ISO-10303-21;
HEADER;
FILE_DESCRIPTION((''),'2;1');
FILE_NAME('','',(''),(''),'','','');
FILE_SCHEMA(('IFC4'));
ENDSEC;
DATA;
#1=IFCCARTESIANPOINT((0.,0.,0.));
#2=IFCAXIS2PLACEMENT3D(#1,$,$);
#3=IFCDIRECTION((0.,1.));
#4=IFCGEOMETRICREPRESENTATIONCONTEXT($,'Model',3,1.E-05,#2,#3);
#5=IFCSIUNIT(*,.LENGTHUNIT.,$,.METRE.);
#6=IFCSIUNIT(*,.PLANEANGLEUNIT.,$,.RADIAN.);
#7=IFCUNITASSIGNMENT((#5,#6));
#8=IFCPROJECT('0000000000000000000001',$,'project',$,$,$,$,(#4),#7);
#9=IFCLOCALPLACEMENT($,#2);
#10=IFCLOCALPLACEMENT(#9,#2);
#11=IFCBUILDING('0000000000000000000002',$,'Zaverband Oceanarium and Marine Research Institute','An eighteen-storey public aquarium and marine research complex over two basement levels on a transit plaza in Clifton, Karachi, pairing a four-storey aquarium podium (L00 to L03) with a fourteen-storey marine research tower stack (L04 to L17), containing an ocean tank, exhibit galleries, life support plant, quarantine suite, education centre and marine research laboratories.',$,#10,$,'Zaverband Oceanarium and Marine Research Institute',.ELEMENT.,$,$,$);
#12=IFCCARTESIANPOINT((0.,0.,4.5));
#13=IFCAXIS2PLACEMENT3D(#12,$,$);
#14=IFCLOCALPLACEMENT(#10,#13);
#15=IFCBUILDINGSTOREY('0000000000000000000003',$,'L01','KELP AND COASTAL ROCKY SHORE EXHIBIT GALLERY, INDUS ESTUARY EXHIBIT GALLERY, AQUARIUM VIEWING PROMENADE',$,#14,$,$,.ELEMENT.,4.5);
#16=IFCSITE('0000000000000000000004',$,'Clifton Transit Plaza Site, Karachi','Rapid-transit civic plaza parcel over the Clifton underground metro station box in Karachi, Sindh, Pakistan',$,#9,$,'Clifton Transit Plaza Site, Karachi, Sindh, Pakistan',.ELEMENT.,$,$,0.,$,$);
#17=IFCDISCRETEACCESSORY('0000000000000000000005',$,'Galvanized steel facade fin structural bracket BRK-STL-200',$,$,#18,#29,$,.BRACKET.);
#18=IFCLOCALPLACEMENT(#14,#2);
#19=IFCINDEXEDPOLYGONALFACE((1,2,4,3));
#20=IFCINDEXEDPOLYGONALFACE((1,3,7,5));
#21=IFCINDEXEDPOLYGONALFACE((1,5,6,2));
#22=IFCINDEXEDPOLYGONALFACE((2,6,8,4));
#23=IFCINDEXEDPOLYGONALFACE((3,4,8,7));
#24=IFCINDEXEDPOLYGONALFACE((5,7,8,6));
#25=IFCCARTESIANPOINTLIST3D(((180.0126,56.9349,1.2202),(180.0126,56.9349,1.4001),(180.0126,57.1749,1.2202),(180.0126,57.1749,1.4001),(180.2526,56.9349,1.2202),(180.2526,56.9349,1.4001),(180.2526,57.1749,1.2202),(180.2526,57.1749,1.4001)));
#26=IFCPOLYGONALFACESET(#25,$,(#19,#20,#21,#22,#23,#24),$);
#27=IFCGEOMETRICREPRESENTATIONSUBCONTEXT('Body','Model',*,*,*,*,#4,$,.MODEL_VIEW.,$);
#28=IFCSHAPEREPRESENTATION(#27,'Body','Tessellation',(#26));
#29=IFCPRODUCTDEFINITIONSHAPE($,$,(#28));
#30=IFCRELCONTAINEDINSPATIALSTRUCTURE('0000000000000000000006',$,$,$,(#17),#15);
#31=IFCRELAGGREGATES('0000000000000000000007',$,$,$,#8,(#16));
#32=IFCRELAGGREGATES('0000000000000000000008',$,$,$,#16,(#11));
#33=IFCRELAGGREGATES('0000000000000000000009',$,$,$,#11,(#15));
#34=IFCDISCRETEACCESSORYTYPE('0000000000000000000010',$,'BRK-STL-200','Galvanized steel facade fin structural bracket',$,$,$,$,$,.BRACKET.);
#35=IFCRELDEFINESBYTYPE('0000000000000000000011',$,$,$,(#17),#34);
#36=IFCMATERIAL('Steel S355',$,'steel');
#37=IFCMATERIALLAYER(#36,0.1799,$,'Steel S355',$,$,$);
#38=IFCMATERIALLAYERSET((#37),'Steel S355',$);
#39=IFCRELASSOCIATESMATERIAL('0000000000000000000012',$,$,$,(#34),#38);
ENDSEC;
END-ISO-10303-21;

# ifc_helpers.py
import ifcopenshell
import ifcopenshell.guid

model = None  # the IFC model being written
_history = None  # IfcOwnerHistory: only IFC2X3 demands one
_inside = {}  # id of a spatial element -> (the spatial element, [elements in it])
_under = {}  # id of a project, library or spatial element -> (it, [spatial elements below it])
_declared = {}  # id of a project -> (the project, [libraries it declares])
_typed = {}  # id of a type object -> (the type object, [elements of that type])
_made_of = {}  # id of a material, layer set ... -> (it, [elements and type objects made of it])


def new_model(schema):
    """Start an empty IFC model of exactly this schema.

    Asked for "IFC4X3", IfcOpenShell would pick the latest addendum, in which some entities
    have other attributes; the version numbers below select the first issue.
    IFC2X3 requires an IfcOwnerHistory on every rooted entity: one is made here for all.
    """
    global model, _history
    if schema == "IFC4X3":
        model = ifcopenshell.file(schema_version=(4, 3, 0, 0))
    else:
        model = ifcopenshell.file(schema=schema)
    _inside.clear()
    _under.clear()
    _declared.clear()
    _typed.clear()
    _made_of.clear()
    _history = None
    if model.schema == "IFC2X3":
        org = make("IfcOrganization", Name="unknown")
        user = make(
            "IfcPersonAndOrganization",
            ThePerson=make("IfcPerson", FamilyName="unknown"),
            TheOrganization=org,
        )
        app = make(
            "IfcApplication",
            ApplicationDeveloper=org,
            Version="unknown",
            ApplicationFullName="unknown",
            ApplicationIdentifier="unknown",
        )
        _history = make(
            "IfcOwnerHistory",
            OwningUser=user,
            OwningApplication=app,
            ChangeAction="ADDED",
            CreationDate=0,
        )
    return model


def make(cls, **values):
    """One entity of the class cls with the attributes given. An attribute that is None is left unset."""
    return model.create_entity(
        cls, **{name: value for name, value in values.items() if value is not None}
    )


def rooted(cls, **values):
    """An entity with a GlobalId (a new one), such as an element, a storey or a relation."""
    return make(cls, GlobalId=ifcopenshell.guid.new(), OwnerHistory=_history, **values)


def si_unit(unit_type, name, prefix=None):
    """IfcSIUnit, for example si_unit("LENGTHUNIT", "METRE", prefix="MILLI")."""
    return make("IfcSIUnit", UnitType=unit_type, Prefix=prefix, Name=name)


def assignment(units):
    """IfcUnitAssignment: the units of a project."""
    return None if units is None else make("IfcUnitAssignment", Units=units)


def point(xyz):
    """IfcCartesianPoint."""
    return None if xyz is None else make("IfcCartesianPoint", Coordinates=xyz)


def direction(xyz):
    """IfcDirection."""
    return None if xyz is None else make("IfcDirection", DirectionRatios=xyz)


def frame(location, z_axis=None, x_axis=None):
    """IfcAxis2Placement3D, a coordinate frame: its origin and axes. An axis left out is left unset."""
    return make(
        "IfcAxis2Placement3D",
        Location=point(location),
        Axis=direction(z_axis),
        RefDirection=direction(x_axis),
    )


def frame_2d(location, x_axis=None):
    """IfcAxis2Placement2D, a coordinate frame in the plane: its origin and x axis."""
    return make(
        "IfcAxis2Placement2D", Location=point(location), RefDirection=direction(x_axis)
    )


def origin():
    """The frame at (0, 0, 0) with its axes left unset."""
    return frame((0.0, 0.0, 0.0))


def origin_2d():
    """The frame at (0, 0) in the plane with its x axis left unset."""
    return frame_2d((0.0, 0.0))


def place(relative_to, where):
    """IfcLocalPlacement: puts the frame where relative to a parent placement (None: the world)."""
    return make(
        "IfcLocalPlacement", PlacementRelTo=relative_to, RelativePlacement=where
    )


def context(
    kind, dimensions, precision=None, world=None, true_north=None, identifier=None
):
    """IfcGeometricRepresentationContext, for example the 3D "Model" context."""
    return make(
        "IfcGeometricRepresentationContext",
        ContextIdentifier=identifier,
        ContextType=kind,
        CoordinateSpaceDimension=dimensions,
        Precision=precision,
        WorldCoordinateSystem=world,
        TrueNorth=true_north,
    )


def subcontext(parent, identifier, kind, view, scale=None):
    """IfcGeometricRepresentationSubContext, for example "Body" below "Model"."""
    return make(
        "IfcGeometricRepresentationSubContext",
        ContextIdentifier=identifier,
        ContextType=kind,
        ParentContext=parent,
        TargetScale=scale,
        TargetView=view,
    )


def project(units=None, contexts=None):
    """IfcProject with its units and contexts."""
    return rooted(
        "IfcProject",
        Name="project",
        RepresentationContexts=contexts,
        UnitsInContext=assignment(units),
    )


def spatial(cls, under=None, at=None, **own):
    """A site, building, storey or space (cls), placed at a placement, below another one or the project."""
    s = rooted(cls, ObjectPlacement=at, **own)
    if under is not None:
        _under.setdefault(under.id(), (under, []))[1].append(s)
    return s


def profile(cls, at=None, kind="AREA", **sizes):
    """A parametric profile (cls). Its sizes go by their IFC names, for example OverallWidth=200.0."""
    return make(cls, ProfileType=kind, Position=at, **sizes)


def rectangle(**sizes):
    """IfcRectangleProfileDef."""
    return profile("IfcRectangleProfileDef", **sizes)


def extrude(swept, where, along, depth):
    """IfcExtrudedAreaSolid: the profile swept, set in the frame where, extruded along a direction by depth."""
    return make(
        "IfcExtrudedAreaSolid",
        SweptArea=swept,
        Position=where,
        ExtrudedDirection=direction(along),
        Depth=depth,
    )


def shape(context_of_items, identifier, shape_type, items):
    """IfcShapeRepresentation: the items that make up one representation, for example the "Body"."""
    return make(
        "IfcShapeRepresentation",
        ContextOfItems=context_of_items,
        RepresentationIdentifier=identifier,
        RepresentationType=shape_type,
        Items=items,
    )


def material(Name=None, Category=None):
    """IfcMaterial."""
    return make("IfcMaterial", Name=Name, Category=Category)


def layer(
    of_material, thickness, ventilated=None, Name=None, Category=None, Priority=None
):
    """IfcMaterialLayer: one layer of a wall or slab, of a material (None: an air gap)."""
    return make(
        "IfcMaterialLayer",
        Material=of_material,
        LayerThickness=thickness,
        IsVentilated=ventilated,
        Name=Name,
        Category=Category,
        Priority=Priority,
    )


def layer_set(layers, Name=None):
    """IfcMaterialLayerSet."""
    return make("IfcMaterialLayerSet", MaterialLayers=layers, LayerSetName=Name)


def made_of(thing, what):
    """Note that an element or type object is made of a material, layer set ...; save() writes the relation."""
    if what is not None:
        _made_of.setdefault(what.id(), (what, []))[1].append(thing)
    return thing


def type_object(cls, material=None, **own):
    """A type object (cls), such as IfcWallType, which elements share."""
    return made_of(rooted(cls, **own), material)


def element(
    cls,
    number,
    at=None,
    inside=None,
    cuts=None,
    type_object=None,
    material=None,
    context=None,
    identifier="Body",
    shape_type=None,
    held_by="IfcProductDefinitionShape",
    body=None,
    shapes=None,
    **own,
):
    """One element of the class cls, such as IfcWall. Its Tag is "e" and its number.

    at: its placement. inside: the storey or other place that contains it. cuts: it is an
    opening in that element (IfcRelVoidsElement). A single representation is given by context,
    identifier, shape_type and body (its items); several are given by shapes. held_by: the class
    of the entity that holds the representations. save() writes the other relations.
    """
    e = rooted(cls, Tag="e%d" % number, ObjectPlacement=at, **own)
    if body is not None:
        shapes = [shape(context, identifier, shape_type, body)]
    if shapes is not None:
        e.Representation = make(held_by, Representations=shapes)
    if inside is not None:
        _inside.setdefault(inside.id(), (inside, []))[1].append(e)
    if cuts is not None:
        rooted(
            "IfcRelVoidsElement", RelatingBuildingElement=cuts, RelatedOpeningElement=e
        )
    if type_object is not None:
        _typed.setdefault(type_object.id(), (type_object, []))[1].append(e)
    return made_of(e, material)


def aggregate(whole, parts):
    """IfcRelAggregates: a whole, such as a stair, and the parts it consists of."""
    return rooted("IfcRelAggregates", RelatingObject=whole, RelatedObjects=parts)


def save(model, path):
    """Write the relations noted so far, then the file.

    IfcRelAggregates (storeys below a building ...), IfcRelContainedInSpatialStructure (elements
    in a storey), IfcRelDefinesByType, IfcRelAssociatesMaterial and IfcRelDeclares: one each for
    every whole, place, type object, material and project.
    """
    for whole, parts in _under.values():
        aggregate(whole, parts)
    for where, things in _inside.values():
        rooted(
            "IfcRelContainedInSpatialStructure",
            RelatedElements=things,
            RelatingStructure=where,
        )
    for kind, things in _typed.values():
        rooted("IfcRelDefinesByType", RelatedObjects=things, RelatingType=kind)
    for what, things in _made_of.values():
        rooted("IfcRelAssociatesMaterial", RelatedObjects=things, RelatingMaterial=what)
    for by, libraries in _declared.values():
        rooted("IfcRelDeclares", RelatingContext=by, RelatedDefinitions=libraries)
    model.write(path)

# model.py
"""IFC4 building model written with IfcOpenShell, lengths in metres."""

from ifc_helpers import new_model, si_unit, direction, frame, origin, origin_2d, place, context, subcontext, project, spatial, rectangle, extrude, material, layer, layer_set, type_object, element, save


model = new_model("IFC4")

# Units and contexts
model_context = context("Model", 3, precision=1e-05, world=origin(), true_north=direction((0.0, 1.0)))
body_context = subcontext(model_context, "Body", "Model", "MODEL_VIEW")
ifc_project = project(units=[si_unit("LENGTHUNIT", "METRE"), si_unit("PLANEANGLEUNIT", "RADIAN")], contexts=[model_context])

# Site, building, storey
site_placement = place(None, origin())
site = spatial("IfcSite", under=ifc_project, at=site_placement, Name="Clifton Transit Plaza Site, Karachi", Description="Rapid-transit civic plaza parcel over the Clifton underground metro station box in Karachi, Sindh, Pakistan", LongName="Clifton Transit Plaza Site, Karachi, Sindh, Pakistan", CompositionType="ELEMENT", RefElevation=0.0)
building_placement = place(site_placement, origin())
building = spatial("IfcBuilding", under=site, at=building_placement, Name="Zaverband Oceanarium and Marine Research Institute", Description="An eighteen-storey public aquarium and marine research complex over two basement levels on a transit plaza in Clifton, Karachi, pairing a four-storey aquarium podium (L00 to L03) with a fourteen-storey marine research tower stack (L04 to L17), containing an ocean tank, exhibit galleries, life support plant, quarantine suite, education centre and marine research laboratories.", LongName="Zaverband Oceanarium and Marine Research Institute", CompositionType="ELEMENT")
storey_placement = place(building_placement, frame((0.0, 0.0, 4.5)))
storey = spatial("IfcBuildingStorey", under=building, at=storey_placement, Name="L01", Description="KELP AND COASTAL ROCKY SHORE EXHIBIT GALLERY, INDUS ESTUARY EXHIBIT GALLERY, AQUARIUM VIEWING PROMENADE", CompositionType="ELEMENT", Elevation=4.5)

# Discrete accessory
ifc_material_1 = material(Name="Steel S355", Category="steel")
ifc_layer_1 = layer(ifc_material_1, 0.1799, Name="Steel S355")
ifc_layer_set_1 = layer_set([ifc_layer_1], Name="Steel S355")
discrete_accessory_type = type_object("IfcDiscreteAccessoryType", Name="BRK-STL-200", Description="Galvanized steel facade fin structural bracket", PredefinedType="BRACKET", material=ifc_layer_set_1)
discrete_accessory_placement = place(storey_placement, frame((180.1326, 57.0549, 1.2202), z_axis=(0.0, 0.0, 1.0), x_axis=(1.0, 0.0, 0.0)))
element("IfcDiscreteAccessory", 1, at=discrete_accessory_placement, inside=storey, type_object=discrete_accessory_type, Name="Galvanized steel facade fin structural bracket BRK-STL-200", PredefinedType="BRACKET", context=body_context, shape_type="SweptSolid", body=[
    extrude(rectangle(XDim=0.24, YDim=0.24, at=origin_2d()), origin(), (0.0, 0.0, 1.0), 0.1799),
])

save(model, "model.ifc")
